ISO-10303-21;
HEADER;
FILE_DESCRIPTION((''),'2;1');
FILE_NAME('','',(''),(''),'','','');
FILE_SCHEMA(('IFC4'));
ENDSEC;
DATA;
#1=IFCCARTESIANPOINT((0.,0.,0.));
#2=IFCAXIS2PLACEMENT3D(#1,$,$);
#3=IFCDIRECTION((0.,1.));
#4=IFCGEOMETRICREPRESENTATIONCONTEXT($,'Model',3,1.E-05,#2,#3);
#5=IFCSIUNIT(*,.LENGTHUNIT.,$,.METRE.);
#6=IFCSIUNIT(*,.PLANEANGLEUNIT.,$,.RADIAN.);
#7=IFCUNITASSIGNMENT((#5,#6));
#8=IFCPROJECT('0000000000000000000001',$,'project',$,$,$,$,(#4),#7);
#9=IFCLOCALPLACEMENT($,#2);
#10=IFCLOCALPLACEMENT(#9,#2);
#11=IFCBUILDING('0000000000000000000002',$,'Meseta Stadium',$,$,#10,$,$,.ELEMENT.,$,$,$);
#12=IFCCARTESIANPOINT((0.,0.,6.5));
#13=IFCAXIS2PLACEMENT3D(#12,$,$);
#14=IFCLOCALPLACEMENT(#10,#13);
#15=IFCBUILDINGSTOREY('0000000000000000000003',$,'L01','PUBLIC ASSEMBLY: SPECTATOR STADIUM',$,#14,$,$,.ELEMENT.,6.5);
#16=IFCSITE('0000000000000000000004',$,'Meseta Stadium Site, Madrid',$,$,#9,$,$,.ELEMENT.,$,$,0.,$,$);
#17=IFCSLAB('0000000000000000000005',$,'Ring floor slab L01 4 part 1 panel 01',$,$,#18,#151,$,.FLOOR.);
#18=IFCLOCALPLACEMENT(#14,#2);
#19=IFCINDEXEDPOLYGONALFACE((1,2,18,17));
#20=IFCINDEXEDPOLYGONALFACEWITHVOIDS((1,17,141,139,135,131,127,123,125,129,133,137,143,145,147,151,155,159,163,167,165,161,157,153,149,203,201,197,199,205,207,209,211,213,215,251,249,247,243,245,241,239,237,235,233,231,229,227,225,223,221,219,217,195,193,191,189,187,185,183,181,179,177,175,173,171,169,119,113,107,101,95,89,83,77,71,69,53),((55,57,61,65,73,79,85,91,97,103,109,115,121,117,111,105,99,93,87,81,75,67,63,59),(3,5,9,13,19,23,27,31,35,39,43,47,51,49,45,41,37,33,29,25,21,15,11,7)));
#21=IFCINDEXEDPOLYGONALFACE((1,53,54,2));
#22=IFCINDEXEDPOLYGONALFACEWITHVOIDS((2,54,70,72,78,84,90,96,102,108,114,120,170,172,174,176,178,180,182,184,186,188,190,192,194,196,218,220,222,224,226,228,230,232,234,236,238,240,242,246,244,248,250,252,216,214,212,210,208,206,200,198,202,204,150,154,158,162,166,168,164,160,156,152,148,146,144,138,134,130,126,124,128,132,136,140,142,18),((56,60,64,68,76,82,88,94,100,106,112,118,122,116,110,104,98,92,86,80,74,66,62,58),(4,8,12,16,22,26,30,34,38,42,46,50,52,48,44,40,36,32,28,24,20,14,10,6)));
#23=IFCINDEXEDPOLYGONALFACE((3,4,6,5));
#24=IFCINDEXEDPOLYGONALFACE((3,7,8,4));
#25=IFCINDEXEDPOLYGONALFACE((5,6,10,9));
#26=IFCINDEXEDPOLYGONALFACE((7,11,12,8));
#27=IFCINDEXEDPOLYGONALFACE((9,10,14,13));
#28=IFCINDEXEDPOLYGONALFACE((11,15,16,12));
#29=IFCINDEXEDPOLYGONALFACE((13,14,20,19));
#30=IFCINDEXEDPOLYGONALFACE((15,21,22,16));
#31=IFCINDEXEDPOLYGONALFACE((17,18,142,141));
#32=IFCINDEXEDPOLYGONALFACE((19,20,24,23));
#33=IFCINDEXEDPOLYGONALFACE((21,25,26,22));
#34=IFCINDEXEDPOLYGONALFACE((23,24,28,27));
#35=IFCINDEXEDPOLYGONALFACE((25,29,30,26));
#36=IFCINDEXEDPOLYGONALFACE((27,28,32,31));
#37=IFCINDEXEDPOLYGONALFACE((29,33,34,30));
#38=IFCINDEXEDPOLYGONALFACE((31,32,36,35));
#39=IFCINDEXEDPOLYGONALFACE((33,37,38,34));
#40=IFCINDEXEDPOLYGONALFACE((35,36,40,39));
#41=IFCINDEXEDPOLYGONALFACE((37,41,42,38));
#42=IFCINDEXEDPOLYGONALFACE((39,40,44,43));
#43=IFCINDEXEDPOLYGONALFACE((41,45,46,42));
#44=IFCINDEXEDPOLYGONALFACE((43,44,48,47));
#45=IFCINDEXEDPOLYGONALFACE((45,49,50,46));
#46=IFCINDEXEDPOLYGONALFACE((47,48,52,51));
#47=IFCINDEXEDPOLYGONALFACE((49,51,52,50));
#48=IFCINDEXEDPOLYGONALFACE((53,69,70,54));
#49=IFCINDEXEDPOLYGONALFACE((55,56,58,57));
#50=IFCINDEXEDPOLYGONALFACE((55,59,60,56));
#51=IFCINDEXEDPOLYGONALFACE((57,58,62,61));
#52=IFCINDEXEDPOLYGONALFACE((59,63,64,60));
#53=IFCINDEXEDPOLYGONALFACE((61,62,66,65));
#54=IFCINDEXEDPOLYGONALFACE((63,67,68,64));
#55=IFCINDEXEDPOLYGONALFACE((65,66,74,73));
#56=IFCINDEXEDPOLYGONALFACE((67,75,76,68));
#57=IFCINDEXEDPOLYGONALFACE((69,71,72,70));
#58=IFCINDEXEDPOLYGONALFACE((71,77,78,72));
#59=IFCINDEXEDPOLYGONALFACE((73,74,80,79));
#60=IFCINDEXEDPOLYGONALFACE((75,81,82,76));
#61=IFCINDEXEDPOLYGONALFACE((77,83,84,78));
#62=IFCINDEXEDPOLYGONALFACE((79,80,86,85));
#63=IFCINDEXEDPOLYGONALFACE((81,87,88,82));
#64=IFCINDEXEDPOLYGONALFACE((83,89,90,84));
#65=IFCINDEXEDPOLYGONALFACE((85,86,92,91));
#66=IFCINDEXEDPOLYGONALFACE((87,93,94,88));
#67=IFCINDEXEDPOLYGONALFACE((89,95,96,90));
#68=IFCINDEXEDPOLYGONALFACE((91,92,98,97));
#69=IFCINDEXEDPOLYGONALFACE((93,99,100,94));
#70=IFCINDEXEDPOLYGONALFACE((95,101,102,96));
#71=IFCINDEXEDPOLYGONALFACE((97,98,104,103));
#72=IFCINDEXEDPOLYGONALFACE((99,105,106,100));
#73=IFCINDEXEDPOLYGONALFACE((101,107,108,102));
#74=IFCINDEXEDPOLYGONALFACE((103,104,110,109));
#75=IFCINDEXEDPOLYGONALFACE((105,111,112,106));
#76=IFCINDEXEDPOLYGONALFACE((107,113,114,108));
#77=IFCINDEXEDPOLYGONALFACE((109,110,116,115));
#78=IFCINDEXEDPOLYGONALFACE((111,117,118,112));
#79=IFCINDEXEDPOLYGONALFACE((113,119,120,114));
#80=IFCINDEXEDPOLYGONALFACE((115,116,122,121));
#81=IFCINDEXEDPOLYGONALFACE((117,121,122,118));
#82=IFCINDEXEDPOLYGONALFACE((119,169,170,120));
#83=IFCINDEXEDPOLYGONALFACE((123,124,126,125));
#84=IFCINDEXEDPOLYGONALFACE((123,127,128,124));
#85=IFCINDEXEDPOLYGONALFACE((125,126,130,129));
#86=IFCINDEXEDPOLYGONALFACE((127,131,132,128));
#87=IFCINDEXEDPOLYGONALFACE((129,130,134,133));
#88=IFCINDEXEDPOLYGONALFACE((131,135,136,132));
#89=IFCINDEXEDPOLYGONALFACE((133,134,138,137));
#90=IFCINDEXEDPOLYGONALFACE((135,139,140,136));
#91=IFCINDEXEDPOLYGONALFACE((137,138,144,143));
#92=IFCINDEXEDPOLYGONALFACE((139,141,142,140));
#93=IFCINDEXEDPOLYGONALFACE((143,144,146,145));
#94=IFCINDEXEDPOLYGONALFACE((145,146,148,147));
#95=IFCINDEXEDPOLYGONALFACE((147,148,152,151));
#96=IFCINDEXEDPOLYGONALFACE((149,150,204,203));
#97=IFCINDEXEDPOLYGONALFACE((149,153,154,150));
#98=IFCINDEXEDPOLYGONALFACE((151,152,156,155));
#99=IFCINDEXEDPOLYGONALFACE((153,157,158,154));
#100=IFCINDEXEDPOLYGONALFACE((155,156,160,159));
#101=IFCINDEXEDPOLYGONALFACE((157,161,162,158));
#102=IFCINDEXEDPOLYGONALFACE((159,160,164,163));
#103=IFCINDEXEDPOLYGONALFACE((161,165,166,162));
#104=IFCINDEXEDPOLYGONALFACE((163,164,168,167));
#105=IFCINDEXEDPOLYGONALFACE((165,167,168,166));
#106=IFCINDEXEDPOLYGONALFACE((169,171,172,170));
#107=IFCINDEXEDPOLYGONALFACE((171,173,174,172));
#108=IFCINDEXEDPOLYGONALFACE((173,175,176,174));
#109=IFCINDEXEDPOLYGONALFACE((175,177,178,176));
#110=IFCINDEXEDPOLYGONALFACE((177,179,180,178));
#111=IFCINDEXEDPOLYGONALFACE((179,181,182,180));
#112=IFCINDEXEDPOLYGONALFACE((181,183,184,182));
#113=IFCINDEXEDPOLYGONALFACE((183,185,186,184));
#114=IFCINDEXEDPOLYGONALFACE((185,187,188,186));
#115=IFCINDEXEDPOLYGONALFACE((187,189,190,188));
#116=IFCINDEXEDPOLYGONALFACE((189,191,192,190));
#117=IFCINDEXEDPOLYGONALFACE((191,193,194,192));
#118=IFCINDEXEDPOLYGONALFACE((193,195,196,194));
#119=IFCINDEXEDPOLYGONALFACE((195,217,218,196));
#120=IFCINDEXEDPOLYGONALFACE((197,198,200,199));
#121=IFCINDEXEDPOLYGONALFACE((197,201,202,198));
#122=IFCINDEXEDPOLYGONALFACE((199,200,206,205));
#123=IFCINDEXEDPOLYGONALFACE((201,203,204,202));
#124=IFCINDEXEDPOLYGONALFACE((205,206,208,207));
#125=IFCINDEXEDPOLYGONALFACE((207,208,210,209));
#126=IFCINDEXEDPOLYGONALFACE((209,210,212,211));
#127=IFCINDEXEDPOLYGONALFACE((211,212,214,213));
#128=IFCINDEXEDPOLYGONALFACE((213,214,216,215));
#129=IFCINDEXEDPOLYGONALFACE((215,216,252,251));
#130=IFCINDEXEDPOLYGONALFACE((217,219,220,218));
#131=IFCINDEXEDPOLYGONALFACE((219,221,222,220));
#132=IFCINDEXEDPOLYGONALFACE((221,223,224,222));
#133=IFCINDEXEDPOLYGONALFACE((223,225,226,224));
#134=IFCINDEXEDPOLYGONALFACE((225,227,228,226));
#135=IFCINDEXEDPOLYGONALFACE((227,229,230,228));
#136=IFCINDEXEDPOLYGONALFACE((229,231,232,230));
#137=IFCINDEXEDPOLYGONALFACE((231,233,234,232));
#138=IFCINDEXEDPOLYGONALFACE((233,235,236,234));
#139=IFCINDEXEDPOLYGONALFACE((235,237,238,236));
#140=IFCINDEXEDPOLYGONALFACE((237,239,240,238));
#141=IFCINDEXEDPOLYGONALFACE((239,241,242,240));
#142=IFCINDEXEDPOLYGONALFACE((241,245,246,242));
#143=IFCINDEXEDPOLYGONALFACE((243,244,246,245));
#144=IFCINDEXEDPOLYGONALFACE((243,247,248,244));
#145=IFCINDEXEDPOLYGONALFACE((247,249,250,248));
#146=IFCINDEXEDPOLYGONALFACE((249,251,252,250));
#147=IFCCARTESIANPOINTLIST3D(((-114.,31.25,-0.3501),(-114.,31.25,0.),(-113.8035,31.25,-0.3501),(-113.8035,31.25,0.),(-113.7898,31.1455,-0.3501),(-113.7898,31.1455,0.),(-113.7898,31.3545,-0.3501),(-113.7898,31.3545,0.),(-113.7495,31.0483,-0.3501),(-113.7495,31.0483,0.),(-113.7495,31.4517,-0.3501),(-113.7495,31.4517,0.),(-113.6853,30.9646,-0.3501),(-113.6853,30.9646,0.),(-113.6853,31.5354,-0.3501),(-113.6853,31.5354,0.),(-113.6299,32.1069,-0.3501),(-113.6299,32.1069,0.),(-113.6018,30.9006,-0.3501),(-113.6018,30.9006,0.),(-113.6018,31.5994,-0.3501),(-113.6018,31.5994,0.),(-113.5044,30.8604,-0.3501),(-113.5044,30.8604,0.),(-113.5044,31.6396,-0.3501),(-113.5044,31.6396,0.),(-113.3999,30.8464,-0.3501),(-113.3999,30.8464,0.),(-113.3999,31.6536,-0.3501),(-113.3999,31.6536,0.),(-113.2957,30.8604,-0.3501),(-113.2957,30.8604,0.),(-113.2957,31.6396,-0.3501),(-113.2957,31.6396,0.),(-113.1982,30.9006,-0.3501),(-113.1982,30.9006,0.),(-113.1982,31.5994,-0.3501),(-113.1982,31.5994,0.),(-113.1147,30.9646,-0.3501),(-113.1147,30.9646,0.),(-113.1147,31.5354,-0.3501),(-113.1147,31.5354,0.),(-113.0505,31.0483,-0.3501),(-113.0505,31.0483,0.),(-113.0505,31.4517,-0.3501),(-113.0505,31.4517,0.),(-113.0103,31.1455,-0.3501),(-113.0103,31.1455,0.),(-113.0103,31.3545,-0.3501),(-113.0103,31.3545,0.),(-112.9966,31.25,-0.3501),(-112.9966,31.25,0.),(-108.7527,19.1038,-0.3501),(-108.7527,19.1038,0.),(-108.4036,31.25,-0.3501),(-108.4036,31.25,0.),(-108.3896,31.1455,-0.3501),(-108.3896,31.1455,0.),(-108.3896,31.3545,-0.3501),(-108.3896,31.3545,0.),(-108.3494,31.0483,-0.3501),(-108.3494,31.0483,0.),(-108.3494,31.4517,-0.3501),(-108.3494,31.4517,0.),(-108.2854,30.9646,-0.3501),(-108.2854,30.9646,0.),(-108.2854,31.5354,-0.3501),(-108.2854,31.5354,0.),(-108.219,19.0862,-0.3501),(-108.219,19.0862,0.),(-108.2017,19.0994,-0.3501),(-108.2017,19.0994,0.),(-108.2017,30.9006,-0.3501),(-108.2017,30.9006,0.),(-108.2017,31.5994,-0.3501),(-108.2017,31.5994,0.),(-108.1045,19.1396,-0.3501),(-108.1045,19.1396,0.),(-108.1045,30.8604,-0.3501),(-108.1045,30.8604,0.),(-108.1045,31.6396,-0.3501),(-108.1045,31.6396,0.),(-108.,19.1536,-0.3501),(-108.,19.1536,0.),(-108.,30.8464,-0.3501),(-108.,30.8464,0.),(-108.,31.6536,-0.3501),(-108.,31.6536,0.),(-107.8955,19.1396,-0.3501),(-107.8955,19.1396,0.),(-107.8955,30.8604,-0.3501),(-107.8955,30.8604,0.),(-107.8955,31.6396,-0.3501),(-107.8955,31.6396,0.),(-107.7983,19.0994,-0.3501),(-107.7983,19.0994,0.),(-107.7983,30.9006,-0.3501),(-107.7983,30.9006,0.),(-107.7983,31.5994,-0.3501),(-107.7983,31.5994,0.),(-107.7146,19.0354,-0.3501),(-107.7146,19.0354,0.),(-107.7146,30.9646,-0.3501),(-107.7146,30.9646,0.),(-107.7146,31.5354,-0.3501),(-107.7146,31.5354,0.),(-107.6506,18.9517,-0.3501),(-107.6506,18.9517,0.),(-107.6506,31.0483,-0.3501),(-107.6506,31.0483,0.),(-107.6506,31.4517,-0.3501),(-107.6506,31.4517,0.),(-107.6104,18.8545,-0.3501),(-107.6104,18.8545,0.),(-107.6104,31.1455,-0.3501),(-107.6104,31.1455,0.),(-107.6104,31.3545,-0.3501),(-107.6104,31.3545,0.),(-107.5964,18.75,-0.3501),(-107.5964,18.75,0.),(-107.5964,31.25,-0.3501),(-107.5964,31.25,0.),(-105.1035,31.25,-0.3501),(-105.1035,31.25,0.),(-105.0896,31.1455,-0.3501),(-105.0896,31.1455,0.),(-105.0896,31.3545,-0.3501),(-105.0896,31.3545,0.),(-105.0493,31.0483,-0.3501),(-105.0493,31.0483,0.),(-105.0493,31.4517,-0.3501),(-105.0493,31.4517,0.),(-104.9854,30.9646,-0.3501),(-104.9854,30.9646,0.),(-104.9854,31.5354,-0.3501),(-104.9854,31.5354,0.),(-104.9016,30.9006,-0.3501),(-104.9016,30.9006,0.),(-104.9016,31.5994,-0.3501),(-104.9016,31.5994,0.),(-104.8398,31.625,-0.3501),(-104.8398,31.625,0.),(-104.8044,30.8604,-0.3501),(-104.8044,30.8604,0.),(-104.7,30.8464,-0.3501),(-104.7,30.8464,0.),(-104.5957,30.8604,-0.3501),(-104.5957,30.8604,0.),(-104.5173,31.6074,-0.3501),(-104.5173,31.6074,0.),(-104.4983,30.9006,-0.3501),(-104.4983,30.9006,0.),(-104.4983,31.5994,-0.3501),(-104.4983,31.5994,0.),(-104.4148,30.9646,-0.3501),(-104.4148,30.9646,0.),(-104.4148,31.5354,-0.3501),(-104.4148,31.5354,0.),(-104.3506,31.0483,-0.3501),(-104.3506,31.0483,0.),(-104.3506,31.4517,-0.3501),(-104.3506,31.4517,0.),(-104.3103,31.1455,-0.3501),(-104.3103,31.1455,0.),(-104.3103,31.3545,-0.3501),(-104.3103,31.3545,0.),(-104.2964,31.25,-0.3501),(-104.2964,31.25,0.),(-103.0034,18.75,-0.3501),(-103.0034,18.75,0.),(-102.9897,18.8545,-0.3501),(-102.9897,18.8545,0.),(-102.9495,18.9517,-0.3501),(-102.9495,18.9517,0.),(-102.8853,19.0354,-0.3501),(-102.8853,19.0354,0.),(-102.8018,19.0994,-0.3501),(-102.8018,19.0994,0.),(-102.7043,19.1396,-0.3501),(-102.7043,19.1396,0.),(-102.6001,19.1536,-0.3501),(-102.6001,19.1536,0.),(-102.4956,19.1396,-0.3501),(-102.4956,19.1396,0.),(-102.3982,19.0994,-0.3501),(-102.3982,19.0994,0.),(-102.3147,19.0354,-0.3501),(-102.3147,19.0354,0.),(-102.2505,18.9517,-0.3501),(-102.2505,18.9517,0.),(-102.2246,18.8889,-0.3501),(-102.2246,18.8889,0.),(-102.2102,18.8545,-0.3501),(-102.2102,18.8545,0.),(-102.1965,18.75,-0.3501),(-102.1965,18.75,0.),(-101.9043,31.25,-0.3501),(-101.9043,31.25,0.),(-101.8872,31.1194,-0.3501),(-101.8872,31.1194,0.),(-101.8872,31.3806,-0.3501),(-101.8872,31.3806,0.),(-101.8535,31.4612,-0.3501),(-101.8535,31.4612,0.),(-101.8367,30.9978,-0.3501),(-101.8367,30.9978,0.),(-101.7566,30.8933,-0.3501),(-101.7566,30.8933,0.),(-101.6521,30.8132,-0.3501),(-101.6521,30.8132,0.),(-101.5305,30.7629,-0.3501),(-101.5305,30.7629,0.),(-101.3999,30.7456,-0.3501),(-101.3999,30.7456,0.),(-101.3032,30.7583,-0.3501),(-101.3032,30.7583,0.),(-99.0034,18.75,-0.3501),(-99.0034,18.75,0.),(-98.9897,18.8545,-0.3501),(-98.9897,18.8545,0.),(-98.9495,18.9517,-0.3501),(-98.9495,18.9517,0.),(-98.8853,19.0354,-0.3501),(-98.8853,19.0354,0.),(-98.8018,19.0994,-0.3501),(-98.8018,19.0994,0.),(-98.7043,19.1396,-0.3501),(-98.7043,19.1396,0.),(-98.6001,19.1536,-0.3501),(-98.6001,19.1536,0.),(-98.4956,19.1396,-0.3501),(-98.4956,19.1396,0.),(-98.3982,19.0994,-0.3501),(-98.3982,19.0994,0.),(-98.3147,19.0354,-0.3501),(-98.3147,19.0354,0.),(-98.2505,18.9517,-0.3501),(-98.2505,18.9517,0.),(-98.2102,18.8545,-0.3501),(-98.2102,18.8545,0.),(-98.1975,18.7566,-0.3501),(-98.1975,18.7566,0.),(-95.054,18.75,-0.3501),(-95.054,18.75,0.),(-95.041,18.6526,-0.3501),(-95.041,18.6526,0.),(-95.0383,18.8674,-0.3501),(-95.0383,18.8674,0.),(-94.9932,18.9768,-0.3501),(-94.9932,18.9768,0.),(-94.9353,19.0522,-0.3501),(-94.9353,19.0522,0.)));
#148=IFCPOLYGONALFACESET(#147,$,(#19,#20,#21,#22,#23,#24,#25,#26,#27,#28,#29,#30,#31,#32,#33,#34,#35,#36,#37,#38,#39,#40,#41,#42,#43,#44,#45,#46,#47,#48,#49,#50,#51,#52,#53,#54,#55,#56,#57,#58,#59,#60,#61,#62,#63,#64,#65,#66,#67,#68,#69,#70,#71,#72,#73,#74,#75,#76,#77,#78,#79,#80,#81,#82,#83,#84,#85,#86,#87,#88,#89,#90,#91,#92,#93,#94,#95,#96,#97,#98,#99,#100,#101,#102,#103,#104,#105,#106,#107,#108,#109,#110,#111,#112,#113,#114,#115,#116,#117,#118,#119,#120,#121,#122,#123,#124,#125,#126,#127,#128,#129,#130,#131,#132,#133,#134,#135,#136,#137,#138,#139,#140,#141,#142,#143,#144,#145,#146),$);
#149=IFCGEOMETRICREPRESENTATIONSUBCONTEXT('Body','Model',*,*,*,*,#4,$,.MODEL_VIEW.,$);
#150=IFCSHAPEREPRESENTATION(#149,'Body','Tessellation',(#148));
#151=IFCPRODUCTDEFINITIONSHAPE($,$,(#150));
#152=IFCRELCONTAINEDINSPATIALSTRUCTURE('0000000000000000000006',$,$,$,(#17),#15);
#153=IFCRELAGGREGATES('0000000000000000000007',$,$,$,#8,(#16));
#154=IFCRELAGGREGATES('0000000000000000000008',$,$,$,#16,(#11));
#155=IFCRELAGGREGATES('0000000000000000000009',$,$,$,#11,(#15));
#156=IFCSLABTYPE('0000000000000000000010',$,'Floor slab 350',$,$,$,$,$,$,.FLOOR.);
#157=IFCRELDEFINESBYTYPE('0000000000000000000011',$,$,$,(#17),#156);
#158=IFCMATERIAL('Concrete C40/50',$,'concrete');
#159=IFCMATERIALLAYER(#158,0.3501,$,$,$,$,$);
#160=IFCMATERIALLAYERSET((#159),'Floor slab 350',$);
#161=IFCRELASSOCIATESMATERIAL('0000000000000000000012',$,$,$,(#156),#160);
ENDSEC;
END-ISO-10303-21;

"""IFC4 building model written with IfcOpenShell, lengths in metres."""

from ifc_helpers import new_model, si_unit, direction, frame, origin, place, context, subcontext, project, spatial, polyline, outline, extrude, material, layer, layer_set, type_object, element, save


model = new_model("IFC4")

# Units and contexts
model_context = context("Model", 3, precision=1e-05, world=origin(), true_north=direction((0.0, 1.0)))
body_context = subcontext(model_context, "Body", "Model", "MODEL_VIEW")
ifc_project = project(units=[si_unit("LENGTHUNIT", "METRE"), si_unit("PLANEANGLEUNIT", "RADIAN")], contexts=[model_context])

# Site, building, storey
site_placement = place(None, origin())
site = spatial("IfcSite", under=ifc_project, at=site_placement, Name="Meseta Stadium Site, Madrid", CompositionType="ELEMENT", RefElevation=0.0)
building_placement = place(site_placement, origin())
building = spatial("IfcBuilding", under=site, at=building_placement, Name="Meseta Stadium", CompositionType="ELEMENT")
storey_placement = place(building_placement, frame((0.0, 0.0, 6.5)))
storey = spatial("IfcBuildingStorey", under=building, at=storey_placement, Name="L01", Description="PUBLIC ASSEMBLY: SPECTATOR STADIUM", CompositionType="ELEMENT", Elevation=6.5)

# Slab
ifc_material_1 = material(Name="Concrete C40/50", Category="concrete")
ifc_layer_1 = layer(ifc_material_1, 0.3501)
ifc_layer_set_1 = layer_set([ifc_layer_1], Name="Floor slab 350")
slab_type_1 = type_object("IfcSlabType", Name="Floor slab 350", PredefinedType="FLOOR", material=ifc_layer_set_1)
slab_1_placement = place(storey_placement, frame((0.0, 0.0, -0.3501)))
element("IfcSlab", 1, at=slab_1_placement, inside=storey, type_object=slab_type_1, Name="Ring floor slab L01 4 part 1 panel 01", PredefinedType="FLOOR", context=body_context, shape_type="SweptSolid", body=[
    extrude(outline(polyline([(-104.3506, 31.0483), (-104.4148, 30.9646), (-104.4983, 30.9006), (-104.5957, 30.8604), (-104.7, 30.8464), (-104.8044, 30.8604), (-104.9016, 30.9006), (-104.9854, 30.9646), (-105.0493, 31.0483), (-105.0896, 31.1455), (-105.1035, 31.25), (-105.0896, 31.3545), (-105.0493, 31.4517), (-104.9854, 31.5354), (-104.9016, 31.5994), (-104.8398, 31.625), (-113.6299, 32.1069), (-114.0, 31.25), (-108.7527, 19.1038), (-108.219, 19.0862), (-108.2017, 19.0994), (-108.1045, 19.1396), (-108.0, 19.1536), (-107.8955, 19.1396), (-107.7983, 19.0994), (-107.7146, 19.0354), (-107.6506, 18.9517), (-107.6104, 18.8545), (-107.5964, 18.75), (-103.0034, 18.75), (-102.9897, 18.8545), (-102.9495, 18.9517), (-102.8853, 19.0354), (-102.8018, 19.0994), (-102.7043, 19.1396), (-102.6001, 19.1536), (-102.4956, 19.1396), (-102.3982, 19.0994), (-102.3147, 19.0354), (-102.2505, 18.9517), (-102.2246, 18.8889), (-102.2102, 18.8545), (-102.1965, 18.75), (-99.0034, 18.75), (-98.9897, 18.8545), (-98.9495, 18.9517), (-98.8853, 19.0354), (-98.8018, 19.0994), (-98.7043, 19.1396), (-98.6001, 19.1536), (-98.4956, 19.1396), (-98.3982, 19.0994), (-98.3147, 19.0354), (-98.2505, 18.9517), (-98.2102, 18.8545), (-98.1975, 18.7566), (-95.041, 18.6526), (-95.054, 18.75), (-95.0383, 18.8674), (-94.9932, 18.9768), (-94.9353, 19.0522), (-101.3032, 30.7583), (-101.3999, 30.7456), (-101.5305, 30.7629), (-101.6521, 30.8132), (-101.7566, 30.8933), (-101.8367, 30.9978), (-101.8872, 31.1194), (-101.9043, 31.25), (-101.8872, 31.3806), (-101.8535, 31.4612), (-104.5173, 31.6074), (-104.4983, 31.5994), (-104.4148, 31.5354), (-104.3506, 31.4517), (-104.3103, 31.3545), (-104.2964, 31.25), (-104.3103, 31.1455), (-104.3506, 31.0483)]), holes=[polyline([(-107.8955, 30.8604), (-108.0, 30.8464), (-108.1045, 30.8604), (-108.2017, 30.9006), (-108.2854, 30.9646), (-108.3494, 31.0483), (-108.3896, 31.1455), (-108.4036, 31.25), (-108.3896, 31.3545), (-108.3494, 31.4517), (-108.2854, 31.5354), (-108.2017, 31.5994), (-108.1045, 31.6396), (-108.0, 31.6536), (-107.8955, 31.6396), (-107.7983, 31.5994), (-107.7146, 31.5354), (-107.6506, 31.4517), (-107.6104, 31.3545), (-107.5964, 31.25), (-107.6104, 31.1455), (-107.6506, 31.0483), (-107.7146, 30.9646), (-107.7983, 30.9006), (-107.8955, 30.8604)]), polyline([(-113.6018, 30.9006), (-113.6853, 30.9646), (-113.7495, 31.0483), (-113.7898, 31.1455), (-113.8035, 31.25), (-113.7898, 31.3545), (-113.7495, 31.4517), (-113.6853, 31.5354), (-113.6018, 31.5994), (-113.5044, 31.6396), (-113.3999, 31.6536), (-113.2957, 31.6396), (-113.1982, 31.5994), (-113.1147, 31.5354), (-113.0505, 31.4517), (-113.0103, 31.3545), (-112.9966, 31.25), (-113.0103, 31.1455), (-113.0505, 31.0483), (-113.1147, 30.9646), (-113.1982, 30.9006), (-113.2957, 30.8604), (-113.3999, 30.8464), (-113.5044, 30.8604), (-113.6018, 30.9006)])]), origin(), (0.0, 0.0, 1.0), 0.3501),
])

save(model, "model.ifc")
